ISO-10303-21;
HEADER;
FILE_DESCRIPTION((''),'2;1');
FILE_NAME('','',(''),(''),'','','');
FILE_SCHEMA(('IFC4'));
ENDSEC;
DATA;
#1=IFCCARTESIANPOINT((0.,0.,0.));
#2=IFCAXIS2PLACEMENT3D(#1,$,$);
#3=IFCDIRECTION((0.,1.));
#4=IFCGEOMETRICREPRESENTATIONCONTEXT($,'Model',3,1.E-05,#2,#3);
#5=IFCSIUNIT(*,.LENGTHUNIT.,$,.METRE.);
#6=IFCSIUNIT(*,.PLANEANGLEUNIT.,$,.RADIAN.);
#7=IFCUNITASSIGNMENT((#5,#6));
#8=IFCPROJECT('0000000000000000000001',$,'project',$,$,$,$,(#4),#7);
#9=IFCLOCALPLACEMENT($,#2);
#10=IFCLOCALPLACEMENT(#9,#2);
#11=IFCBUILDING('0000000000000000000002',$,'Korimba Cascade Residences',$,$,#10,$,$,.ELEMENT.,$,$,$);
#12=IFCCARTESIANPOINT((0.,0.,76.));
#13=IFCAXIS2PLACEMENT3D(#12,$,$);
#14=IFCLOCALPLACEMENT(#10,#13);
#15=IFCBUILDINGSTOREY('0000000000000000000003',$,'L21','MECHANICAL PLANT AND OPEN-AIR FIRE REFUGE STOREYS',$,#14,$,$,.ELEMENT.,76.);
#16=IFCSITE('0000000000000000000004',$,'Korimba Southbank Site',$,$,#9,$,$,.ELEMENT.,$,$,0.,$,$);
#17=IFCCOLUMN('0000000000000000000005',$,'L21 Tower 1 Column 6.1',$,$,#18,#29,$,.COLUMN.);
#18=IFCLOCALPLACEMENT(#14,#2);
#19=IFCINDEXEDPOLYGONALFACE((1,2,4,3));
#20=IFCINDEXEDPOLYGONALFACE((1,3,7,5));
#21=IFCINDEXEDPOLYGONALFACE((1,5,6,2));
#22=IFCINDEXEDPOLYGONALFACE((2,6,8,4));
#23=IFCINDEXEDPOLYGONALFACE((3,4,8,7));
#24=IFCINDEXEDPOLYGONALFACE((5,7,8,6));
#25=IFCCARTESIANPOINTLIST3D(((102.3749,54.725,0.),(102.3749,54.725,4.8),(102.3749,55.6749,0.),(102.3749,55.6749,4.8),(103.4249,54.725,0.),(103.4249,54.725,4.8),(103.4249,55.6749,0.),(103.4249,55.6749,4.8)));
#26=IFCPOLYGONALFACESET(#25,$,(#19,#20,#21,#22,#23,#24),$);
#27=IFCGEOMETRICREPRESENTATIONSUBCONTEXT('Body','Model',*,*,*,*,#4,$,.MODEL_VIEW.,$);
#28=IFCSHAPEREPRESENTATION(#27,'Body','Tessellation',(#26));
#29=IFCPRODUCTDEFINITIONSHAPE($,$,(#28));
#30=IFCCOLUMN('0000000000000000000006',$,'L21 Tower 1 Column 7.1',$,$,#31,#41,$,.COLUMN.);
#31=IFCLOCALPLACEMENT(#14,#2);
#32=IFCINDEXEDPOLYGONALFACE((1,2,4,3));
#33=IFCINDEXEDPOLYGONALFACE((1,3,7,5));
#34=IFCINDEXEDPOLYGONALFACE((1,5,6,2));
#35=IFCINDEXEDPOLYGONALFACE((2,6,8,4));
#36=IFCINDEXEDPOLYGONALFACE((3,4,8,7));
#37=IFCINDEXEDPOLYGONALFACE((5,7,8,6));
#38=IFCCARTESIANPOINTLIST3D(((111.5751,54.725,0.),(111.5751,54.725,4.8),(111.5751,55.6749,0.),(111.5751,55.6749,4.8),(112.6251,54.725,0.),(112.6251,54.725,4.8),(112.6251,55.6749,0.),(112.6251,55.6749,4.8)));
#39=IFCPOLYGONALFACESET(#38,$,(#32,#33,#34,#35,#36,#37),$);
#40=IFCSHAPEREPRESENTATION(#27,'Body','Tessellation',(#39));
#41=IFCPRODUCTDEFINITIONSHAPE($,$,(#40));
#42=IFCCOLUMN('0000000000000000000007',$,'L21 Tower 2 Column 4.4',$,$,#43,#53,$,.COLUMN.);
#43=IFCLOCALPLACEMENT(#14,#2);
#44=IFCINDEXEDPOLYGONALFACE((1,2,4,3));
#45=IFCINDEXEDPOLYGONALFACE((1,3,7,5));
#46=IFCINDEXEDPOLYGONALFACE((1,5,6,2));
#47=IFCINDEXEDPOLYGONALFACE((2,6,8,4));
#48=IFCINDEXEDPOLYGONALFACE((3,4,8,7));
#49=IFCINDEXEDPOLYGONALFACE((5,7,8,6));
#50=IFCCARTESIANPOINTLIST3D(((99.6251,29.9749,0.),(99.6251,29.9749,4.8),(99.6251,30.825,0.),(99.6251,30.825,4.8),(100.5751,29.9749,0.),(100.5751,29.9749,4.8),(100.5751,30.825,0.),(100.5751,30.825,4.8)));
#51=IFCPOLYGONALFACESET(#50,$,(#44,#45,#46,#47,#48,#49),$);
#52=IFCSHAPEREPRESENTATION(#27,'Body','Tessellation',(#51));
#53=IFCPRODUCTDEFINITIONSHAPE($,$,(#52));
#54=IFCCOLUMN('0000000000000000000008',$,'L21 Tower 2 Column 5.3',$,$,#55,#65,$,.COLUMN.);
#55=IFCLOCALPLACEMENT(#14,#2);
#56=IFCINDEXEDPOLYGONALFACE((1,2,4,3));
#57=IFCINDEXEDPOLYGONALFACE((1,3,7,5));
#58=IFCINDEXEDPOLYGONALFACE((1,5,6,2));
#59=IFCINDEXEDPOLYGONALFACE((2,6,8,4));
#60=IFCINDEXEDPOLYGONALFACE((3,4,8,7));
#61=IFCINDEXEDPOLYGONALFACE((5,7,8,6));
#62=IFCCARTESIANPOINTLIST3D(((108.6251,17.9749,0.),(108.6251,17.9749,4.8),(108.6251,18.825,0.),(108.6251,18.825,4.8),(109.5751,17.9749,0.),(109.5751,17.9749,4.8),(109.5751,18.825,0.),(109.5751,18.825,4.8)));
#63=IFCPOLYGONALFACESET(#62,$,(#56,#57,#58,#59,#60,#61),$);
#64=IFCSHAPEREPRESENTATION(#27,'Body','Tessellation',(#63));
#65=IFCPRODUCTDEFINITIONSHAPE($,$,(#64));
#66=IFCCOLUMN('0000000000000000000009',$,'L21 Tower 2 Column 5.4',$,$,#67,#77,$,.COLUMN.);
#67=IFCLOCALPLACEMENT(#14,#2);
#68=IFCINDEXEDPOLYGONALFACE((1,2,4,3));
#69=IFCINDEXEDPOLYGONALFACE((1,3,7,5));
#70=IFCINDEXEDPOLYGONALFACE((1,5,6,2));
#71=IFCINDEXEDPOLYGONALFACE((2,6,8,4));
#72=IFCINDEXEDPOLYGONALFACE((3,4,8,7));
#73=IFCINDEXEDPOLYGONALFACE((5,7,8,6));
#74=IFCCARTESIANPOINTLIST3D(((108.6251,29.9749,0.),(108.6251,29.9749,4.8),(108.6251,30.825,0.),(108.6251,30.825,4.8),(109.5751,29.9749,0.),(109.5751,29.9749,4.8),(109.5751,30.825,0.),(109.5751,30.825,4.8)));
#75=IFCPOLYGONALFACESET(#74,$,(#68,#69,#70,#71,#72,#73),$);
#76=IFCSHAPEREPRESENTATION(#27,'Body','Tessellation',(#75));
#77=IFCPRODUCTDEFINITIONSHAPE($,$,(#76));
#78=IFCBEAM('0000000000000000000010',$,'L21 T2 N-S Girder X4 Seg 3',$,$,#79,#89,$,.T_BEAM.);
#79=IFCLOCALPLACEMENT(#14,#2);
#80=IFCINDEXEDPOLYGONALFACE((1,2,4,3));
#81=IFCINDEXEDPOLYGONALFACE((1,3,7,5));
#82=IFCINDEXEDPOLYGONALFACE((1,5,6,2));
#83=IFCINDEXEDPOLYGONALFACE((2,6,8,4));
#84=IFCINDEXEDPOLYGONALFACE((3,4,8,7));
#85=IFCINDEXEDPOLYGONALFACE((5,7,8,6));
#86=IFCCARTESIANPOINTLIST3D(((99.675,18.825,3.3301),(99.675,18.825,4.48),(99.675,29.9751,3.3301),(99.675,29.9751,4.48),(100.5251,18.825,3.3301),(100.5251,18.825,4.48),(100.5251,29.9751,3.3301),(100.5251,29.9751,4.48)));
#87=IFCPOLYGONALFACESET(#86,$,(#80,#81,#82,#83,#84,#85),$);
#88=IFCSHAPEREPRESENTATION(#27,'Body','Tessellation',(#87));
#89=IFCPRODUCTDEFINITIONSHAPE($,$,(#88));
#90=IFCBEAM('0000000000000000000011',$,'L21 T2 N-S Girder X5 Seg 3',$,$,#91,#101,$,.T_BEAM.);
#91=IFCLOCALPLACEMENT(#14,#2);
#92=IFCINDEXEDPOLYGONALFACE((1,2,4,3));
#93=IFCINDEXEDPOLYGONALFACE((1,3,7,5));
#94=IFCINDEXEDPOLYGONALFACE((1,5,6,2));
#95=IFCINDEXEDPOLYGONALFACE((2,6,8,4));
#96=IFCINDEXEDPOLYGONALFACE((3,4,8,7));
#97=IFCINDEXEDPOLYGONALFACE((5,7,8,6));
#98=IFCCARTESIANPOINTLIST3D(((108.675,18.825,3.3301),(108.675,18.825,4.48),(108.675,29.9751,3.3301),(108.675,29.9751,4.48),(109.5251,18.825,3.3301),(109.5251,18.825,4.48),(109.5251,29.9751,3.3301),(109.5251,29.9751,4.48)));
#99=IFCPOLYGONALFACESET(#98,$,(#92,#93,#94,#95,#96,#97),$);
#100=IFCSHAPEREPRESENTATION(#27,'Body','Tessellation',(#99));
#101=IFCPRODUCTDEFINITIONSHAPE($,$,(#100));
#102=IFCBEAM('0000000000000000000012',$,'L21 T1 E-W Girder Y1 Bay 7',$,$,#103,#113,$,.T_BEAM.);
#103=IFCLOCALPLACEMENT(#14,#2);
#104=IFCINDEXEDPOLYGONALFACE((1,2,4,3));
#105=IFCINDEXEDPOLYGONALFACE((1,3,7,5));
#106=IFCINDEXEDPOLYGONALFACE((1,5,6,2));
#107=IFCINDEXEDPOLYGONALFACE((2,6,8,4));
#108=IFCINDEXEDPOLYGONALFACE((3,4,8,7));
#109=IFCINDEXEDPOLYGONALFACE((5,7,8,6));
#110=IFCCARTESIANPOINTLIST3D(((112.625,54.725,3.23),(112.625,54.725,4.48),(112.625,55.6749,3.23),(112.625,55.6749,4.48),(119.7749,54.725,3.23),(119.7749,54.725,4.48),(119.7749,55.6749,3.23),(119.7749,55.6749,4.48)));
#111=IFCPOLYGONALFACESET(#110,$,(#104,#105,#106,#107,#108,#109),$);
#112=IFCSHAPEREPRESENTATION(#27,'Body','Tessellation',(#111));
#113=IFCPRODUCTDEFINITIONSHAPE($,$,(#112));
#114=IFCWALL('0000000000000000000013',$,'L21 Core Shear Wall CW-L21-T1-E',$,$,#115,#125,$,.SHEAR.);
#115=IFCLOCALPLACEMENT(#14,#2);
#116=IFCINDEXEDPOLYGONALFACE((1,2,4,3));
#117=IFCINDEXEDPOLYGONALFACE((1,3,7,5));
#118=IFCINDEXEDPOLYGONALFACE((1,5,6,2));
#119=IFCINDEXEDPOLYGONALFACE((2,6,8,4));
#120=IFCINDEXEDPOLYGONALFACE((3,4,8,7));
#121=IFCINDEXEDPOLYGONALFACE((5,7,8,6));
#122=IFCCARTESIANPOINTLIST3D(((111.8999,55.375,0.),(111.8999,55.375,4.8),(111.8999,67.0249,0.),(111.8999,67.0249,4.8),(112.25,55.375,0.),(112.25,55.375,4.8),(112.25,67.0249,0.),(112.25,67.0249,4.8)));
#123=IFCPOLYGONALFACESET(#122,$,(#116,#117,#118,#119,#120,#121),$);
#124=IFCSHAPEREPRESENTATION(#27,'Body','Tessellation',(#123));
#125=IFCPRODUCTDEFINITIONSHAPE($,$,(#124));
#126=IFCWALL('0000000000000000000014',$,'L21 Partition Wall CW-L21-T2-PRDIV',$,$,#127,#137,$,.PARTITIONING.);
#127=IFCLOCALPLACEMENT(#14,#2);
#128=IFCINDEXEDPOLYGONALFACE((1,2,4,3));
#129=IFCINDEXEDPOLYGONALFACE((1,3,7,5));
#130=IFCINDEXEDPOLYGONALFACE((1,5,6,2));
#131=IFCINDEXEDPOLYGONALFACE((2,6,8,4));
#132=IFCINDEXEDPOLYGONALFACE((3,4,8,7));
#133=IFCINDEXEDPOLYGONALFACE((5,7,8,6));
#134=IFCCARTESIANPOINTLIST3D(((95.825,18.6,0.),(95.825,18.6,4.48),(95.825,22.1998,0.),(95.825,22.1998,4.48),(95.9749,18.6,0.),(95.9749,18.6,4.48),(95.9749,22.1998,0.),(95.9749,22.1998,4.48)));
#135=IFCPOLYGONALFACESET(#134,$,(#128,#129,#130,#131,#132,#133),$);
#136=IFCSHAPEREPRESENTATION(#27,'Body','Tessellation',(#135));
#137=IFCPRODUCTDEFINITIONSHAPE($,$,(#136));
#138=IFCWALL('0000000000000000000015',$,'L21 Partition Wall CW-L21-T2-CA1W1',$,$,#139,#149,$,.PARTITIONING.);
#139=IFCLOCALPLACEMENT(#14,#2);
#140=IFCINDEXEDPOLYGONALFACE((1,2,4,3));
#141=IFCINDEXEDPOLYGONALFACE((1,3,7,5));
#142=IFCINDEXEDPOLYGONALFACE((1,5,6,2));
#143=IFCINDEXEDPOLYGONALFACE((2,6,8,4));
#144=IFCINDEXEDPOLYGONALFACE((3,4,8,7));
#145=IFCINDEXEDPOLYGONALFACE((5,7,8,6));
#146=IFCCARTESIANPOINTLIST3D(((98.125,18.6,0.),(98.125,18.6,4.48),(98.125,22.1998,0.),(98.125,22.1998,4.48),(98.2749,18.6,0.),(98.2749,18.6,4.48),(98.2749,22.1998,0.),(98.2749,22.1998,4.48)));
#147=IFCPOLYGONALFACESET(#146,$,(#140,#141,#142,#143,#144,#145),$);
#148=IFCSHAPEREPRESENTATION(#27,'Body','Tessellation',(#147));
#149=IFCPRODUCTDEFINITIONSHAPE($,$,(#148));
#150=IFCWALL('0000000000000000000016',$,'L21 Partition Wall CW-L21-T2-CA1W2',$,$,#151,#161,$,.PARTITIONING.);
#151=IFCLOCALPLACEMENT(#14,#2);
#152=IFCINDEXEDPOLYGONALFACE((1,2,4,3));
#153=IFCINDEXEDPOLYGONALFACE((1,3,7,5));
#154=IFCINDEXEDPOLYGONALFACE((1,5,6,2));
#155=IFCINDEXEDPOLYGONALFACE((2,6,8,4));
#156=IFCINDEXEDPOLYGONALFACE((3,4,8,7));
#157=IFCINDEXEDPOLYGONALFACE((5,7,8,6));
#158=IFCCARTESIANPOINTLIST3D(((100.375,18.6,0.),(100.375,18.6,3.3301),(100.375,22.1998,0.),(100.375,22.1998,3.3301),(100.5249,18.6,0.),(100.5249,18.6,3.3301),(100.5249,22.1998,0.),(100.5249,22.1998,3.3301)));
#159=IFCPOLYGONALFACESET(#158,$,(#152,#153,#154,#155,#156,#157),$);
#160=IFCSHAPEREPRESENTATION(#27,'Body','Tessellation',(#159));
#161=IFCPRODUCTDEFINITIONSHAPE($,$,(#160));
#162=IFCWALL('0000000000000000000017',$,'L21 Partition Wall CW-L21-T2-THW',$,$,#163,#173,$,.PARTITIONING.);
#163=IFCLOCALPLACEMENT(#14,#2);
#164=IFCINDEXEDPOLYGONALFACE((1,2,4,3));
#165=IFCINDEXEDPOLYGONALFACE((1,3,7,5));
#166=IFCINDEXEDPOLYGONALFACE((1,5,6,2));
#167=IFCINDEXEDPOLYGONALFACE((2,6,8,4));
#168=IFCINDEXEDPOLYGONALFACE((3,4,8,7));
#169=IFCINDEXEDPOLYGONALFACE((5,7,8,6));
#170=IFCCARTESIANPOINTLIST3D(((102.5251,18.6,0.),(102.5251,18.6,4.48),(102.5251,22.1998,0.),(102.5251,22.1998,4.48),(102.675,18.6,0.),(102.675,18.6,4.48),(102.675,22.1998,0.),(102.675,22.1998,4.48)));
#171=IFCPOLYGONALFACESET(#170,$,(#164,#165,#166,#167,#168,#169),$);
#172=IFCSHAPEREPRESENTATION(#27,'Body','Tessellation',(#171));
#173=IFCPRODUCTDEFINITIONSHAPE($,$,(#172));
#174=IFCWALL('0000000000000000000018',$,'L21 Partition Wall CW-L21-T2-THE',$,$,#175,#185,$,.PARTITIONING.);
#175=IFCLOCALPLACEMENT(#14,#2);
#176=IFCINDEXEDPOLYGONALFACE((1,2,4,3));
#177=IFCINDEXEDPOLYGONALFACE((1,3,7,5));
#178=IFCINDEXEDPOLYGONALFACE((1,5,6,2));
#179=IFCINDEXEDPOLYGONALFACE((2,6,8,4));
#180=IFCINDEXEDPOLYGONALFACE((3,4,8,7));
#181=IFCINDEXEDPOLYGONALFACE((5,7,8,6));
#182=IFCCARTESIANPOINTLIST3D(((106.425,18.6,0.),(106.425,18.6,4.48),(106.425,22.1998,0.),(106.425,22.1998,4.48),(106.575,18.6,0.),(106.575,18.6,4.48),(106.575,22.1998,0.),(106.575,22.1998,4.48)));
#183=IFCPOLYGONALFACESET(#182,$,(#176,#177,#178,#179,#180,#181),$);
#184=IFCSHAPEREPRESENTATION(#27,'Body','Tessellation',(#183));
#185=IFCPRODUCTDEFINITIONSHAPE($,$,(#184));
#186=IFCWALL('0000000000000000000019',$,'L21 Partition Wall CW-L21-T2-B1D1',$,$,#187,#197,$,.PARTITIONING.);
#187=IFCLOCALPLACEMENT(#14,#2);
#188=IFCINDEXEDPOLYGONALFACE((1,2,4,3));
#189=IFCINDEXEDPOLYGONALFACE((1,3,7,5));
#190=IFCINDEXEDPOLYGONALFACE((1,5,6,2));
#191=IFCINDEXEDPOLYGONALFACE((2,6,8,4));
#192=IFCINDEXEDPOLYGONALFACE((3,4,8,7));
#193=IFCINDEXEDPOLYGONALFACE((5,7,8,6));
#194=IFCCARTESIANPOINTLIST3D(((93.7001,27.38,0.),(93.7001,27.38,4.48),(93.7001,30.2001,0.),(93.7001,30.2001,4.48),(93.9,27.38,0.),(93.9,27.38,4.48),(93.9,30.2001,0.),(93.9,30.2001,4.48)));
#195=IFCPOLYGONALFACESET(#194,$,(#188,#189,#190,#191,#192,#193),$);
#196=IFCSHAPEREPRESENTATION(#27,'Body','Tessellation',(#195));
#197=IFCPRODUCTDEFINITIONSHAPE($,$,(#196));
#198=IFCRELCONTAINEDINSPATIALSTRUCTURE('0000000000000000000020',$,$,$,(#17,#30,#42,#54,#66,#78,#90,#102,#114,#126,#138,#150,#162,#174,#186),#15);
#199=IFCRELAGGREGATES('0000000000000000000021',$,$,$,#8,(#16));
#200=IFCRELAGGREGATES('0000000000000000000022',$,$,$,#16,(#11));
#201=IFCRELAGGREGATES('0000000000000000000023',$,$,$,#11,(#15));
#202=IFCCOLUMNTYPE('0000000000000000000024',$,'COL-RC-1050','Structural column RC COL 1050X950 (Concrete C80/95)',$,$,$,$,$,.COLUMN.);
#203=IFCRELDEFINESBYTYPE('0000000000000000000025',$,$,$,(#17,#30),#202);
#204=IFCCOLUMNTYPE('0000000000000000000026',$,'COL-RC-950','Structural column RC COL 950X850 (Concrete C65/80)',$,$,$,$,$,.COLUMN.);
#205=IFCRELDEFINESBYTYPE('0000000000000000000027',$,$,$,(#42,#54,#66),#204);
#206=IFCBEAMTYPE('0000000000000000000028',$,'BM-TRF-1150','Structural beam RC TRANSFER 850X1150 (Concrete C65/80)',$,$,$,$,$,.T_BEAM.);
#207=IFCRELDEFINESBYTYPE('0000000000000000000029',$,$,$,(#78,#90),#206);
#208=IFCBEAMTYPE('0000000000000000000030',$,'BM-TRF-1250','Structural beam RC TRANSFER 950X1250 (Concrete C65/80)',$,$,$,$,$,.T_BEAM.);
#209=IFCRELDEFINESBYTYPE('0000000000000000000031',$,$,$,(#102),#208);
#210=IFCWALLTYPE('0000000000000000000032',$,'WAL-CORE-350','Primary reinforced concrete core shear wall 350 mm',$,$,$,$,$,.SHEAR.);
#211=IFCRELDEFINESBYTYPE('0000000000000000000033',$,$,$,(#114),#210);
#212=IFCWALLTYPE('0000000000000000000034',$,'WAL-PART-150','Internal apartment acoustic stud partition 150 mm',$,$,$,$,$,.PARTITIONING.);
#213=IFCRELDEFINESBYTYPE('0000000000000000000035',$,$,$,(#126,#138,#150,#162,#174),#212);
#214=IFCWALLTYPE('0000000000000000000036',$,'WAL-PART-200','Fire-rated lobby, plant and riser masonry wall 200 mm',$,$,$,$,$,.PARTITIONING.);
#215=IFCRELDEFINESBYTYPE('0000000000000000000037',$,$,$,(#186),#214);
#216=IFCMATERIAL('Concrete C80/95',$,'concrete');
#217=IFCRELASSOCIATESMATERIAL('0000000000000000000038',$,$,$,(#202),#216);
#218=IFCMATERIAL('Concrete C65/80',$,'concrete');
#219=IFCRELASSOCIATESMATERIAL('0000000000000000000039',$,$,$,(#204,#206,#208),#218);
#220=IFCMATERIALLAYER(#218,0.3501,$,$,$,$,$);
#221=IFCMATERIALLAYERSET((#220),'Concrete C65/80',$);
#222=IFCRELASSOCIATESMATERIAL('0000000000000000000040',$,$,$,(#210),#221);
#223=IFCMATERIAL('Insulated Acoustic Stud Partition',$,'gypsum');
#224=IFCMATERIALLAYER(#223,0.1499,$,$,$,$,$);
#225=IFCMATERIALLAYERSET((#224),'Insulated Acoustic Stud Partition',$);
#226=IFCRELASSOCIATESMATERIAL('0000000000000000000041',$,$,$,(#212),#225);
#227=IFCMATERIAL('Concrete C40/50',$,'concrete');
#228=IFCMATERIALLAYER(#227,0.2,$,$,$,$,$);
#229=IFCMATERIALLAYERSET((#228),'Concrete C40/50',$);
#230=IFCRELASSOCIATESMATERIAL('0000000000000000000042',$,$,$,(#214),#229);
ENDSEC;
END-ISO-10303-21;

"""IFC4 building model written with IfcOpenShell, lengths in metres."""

from ifc_helpers import new_model, si_unit, direction, frame, frame_2d, origin, origin_2d, place, context, subcontext, project, spatial, rectangle, extrude, material, layer, layer_set, material_profile, profile_set, type_object, element, save


model = new_model("IFC4")

# Units and contexts
model_context = context("Model", 3, precision=1e-05, world=origin(), true_north=direction((0.0, 1.0)))
body_context = subcontext(model_context, "Body", "Model", "MODEL_VIEW")
ifc_project = project(units=[si_unit("LENGTHUNIT", "METRE"), si_unit("PLANEANGLEUNIT", "RADIAN")], contexts=[model_context])

# Site, building, storey
site_placement = place(None, origin())
site = spatial("IfcSite", under=ifc_project, at=site_placement, Name="Korimba Southbank Site", CompositionType="ELEMENT", RefElevation=0.0)
building_placement = place(site_placement, origin())
building = spatial("IfcBuilding", under=site, at=building_placement, Name="Korimba Cascade Residences", CompositionType="ELEMENT")
storey_placement = place(building_placement, frame((0.0, 0.0, 76.0)))
storey = spatial("IfcBuildingStorey", under=building, at=storey_placement, Name="L21", Description="MECHANICAL PLANT AND OPEN-AIR FIRE REFUGE STOREYS", CompositionType="ELEMENT", Elevation=76.0)

# Columns
ifc_material_1 = material(Name="Concrete C80/95", Category="concrete")
ifc_material_profile_1 = material_profile(ifc_material_1, rectangle(XDim=1.05, YDim=0.95, at=origin_2d()), Name="Concrete C80/95")
ifc_profile_set_1 = profile_set([ifc_material_profile_1], Name="Concrete C80/95")
column_type_1 = type_object("IfcColumnType", Name="COL-RC-1050", Description="Structural column RC COL 1050X950 (Concrete C80/95)", PredefinedType="COLUMN", material=ifc_profile_set_1)
for number, where, z_axis, x_axis, name in (
    (1, (102.8999, 55.2, 0.0), (0.0, 0.0, 1.0), (1.0, 0.0, 0.0), "L21 Tower 1 Column 6.1"),
    (2, (112.1001, 55.2, 0.0), (0.0, 0.0, 1.0), (1.0, 0.0, 0.0), "L21 Tower 1 Column 7.1"),
):
    element("IfcColumn", number, at=place(storey_placement, frame(where, z_axis=z_axis, x_axis=x_axis)), inside=storey, type_object=column_type_1, Name=name, PredefinedType="COLUMN", context=body_context, shape_type="SweptSolid", body=[
        extrude(rectangle(XDim=1.05, YDim=0.95, at=origin_2d()), origin(), (0.0, 0.0, 1.0), 4.8),
    ])
ifc_material_2 = material(Name="Concrete C65/80", Category="concrete")
ifc_material_profile_2 = material_profile(ifc_material_2, rectangle(XDim=0.95, YDim=0.8501, at=origin_2d()), Name="Concrete C65/80")
ifc_profile_set_2 = profile_set([ifc_material_profile_2], Name="Concrete C65/80")
column_type_2 = type_object("IfcColumnType", Name="COL-RC-950", Description="Structural column RC COL 950X850 (Concrete C65/80)", PredefinedType="COLUMN", material=ifc_profile_set_2)
for number, where, z_axis, x_axis, name in (
    (3, (100.1001, 30.3999, 0.0), (0.0, 0.0, 1.0), (1.0, 0.0, 0.0), "L21 Tower 2 Column 4.4"),
    (4, (109.1001, 18.3999, 0.0), (0.0, 0.0, 1.0), (1.0, 0.0, 0.0), "L21 Tower 2 Column 5.3"),
    (5, (109.1001, 30.3999, 0.0), (0.0, 0.0, 1.0), (1.0, 0.0, 0.0), "L21 Tower 2 Column 5.4"),
):
    element("IfcColumn", number, at=place(storey_placement, frame(where, z_axis=z_axis, x_axis=x_axis)), inside=storey, type_object=column_type_2, Name=name, PredefinedType="COLUMN", context=body_context, shape_type="SweptSolid", body=[
        extrude(rectangle(XDim=0.95, YDim=0.8501, at=origin_2d()), origin(), (0.0, 0.0, 1.0), 4.8),
    ])

# Beams
ifc_material_profile_3 = material_profile(ifc_material_2, rectangle(XDim=0.8501, YDim=1.1499, at=origin_2d()), Name="Concrete C65/80")
ifc_profile_set_3 = profile_set([ifc_material_profile_3], Name="Concrete C65/80")
beam_type_1 = type_object("IfcBeamType", Name="BM-TRF-1150", Description="Structural beam RC TRANSFER 850X1150 (Concrete C65/80)", PredefinedType="T_BEAM", material=ifc_profile_set_3)
for number, where, z_axis, x_axis, name in (
    (6, (100.1001, 18.825, 3.905), (0.0, 1.0, 0.0), (-1.0, 0.0, 0.0), "L21 T2 N-S Girder X4 Seg 3"),
    (7, (109.1001, 18.825, 3.905), (0.0, 1.0, 0.0), (-1.0, 0.0, 0.0), "L21 T2 N-S Girder X5 Seg 3"),
):
    element("IfcBeam", number, at=place(storey_placement, frame(where, z_axis=z_axis, x_axis=x_axis)), inside=storey, type_object=beam_type_1, Name=name, PredefinedType="T_BEAM", context=body_context, shape_type="SweptSolid", body=[
        extrude(rectangle(XDim=0.8501, YDim=1.1499, at=origin_2d()), origin(), (0.0, 0.0, 1.0), 11.1501),
    ])
ifc_material_profile_4 = material_profile(ifc_material_2, rectangle(XDim=0.95, YDim=1.25, at=origin_2d()), Name="Concrete C65/80")
ifc_profile_set_4 = profile_set([ifc_material_profile_4], Name="Concrete C65/80")
beam_type_2 = type_object("IfcBeamType", Name="BM-TRF-1250", Description="Structural beam RC TRANSFER 950X1250 (Concrete C65/80)", PredefinedType="T_BEAM", material=ifc_profile_set_4)
beam_placement = place(storey_placement, frame((112.625, 55.2, 3.855), z_axis=(1.0, 0.0, 0.0), x_axis=(0.0, 1.0, 0.0)))
element("IfcBeam", 8, at=beam_placement, inside=storey, type_object=beam_type_2, Name="L21 T1 E-W Girder Y1 Bay 7", PredefinedType="T_BEAM", context=body_context, shape_type="SweptSolid", body=[
    extrude(rectangle(XDim=0.95, YDim=1.25, at=origin_2d()), origin(), (0.0, 0.0, 1.0), 7.1499),
])

# Walls
ifc_layer_1 = layer(ifc_material_2, 0.3501)
ifc_layer_set_1 = layer_set([ifc_layer_1], Name="Concrete C65/80")
wall_type_1 = type_object("IfcWallType", Name="WAL-CORE-350", Description="Primary reinforced concrete core shear wall 350 mm", PredefinedType="SHEAR", material=ifc_layer_set_1)
wall_1_placement = place(storey_placement, frame((112.075, 55.375, 0.0), z_axis=(0.0, 0.0, 1.0), x_axis=(0.0, 1.0, 0.0)))
element("IfcWall", 9, at=wall_1_placement, inside=storey, type_object=wall_type_1, Name="L21 Core Shear Wall CW-L21-T1-E", PredefinedType="SHEAR", context=body_context, shape_type="SweptSolid", body=[
    extrude(rectangle(XDim=11.6499, YDim=0.3501, at=frame_2d((5.825, 0.0))), origin(), (0.0, 0.0, 1.0), 4.8),
])
ifc_material_3 = material(Name="Insulated Acoustic Stud Partition", Category="gypsum")
ifc_layer_2 = layer(ifc_material_3, 0.1499)
ifc_layer_set_2 = layer_set([ifc_layer_2], Name="Insulated Acoustic Stud Partition")
wall_type_2 = type_object("IfcWallType", Name="WAL-PART-150", Description="Internal apartment acoustic stud partition 150 mm", PredefinedType="PARTITIONING", material=ifc_layer_set_2)
for number, where, z_axis, x_axis, name in (
    (10, (95.8999, 18.6001, 0.0), (0.0, 0.0, 1.0), (0.0, 1.0, 0.0), "L21 Partition Wall CW-L21-T2-PRDIV"),
    (11, (98.2, 18.6001, 0.0), (0.0, 0.0, 1.0), (0.0, 1.0, 0.0), "L21 Partition Wall CW-L21-T2-CA1W1"),
):
    element("IfcWall", number, at=place(storey_placement, frame(where, z_axis=z_axis, x_axis=x_axis)), inside=storey, type_object=wall_type_2, Name=name, PredefinedType="PARTITIONING", context=body_context, shape_type="SweptSolid", body=[
        extrude(rectangle(XDim=3.5999, YDim=0.1499, at=frame_2d((1.7998, 0.0))), origin(), (0.0, 0.0, 1.0), 4.48),
    ])
wall_2_placement = place(storey_placement, frame((100.45, 18.6001, 0.0), z_axis=(0.0, 0.0, 1.0), x_axis=(0.0, 1.0, 0.0)))
element("IfcWall", 12, at=wall_2_placement, inside=storey, type_object=wall_type_2, Name="L21 Partition Wall CW-L21-T2-CA1W2", PredefinedType="PARTITIONING", context=body_context, shape_type="SweptSolid", body=[
    extrude(rectangle(XDim=3.5999, YDim=0.1499, at=frame_2d((1.7998, 0.0))), origin(), (0.0, 0.0, 1.0), 3.3301),
])
for number, where, z_axis, x_axis, name in (
    (13, (102.6001, 18.6001, 0.0), (0.0, 0.0, 1.0), (0.0, 1.0, 0.0), "L21 Partition Wall CW-L21-T2-THW"),
    (14, (106.5, 18.6001, 0.0), (0.0, 0.0, 1.0), (0.0, 1.0, 0.0), "L21 Partition Wall CW-L21-T2-THE"),
):
    element("IfcWall", number, at=place(storey_placement, frame(where, z_axis=z_axis, x_axis=x_axis)), inside=storey, type_object=wall_type_2, Name=name, PredefinedType="PARTITIONING", context=body_context, shape_type="SweptSolid", body=[
        extrude(rectangle(XDim=3.5999, YDim=0.1499, at=frame_2d((1.7998, 0.0))), origin(), (0.0, 0.0, 1.0), 4.48),
    ])
ifc_material_4 = material(Name="Concrete C40/50", Category="concrete")
ifc_layer_3 = layer(ifc_material_4, 0.2)
ifc_layer_set_3 = layer_set([ifc_layer_3], Name="Concrete C40/50")
wall_type_3 = type_object("IfcWallType", Name="WAL-PART-200", Description="Fire-rated lobby, plant and riser masonry wall 200 mm", PredefinedType="PARTITIONING", material=ifc_layer_set_3)
for number, where, z_axis, x_axis, name in (
    (15, (93.8, 27.3799, 0.0), (0.0, 0.0, 1.0), (0.0, 1.0, 0.0), "L21 Partition Wall CW-L21-T2-B1D1"),
):
    element("IfcWall", number, at=place(storey_placement, frame(where, z_axis=z_axis, x_axis=x_axis)), inside=storey, type_object=wall_type_3, Name=name, PredefinedType="PARTITIONING", context=body_context, shape_type="SweptSolid", body=[
        extrude(rectangle(XDim=2.8201, YDim=0.2, at=frame_2d((1.4102, 0.0))), origin(), (0.0, 0.0, 1.0), 4.48),
    ])

save(model, "model.ifc")
